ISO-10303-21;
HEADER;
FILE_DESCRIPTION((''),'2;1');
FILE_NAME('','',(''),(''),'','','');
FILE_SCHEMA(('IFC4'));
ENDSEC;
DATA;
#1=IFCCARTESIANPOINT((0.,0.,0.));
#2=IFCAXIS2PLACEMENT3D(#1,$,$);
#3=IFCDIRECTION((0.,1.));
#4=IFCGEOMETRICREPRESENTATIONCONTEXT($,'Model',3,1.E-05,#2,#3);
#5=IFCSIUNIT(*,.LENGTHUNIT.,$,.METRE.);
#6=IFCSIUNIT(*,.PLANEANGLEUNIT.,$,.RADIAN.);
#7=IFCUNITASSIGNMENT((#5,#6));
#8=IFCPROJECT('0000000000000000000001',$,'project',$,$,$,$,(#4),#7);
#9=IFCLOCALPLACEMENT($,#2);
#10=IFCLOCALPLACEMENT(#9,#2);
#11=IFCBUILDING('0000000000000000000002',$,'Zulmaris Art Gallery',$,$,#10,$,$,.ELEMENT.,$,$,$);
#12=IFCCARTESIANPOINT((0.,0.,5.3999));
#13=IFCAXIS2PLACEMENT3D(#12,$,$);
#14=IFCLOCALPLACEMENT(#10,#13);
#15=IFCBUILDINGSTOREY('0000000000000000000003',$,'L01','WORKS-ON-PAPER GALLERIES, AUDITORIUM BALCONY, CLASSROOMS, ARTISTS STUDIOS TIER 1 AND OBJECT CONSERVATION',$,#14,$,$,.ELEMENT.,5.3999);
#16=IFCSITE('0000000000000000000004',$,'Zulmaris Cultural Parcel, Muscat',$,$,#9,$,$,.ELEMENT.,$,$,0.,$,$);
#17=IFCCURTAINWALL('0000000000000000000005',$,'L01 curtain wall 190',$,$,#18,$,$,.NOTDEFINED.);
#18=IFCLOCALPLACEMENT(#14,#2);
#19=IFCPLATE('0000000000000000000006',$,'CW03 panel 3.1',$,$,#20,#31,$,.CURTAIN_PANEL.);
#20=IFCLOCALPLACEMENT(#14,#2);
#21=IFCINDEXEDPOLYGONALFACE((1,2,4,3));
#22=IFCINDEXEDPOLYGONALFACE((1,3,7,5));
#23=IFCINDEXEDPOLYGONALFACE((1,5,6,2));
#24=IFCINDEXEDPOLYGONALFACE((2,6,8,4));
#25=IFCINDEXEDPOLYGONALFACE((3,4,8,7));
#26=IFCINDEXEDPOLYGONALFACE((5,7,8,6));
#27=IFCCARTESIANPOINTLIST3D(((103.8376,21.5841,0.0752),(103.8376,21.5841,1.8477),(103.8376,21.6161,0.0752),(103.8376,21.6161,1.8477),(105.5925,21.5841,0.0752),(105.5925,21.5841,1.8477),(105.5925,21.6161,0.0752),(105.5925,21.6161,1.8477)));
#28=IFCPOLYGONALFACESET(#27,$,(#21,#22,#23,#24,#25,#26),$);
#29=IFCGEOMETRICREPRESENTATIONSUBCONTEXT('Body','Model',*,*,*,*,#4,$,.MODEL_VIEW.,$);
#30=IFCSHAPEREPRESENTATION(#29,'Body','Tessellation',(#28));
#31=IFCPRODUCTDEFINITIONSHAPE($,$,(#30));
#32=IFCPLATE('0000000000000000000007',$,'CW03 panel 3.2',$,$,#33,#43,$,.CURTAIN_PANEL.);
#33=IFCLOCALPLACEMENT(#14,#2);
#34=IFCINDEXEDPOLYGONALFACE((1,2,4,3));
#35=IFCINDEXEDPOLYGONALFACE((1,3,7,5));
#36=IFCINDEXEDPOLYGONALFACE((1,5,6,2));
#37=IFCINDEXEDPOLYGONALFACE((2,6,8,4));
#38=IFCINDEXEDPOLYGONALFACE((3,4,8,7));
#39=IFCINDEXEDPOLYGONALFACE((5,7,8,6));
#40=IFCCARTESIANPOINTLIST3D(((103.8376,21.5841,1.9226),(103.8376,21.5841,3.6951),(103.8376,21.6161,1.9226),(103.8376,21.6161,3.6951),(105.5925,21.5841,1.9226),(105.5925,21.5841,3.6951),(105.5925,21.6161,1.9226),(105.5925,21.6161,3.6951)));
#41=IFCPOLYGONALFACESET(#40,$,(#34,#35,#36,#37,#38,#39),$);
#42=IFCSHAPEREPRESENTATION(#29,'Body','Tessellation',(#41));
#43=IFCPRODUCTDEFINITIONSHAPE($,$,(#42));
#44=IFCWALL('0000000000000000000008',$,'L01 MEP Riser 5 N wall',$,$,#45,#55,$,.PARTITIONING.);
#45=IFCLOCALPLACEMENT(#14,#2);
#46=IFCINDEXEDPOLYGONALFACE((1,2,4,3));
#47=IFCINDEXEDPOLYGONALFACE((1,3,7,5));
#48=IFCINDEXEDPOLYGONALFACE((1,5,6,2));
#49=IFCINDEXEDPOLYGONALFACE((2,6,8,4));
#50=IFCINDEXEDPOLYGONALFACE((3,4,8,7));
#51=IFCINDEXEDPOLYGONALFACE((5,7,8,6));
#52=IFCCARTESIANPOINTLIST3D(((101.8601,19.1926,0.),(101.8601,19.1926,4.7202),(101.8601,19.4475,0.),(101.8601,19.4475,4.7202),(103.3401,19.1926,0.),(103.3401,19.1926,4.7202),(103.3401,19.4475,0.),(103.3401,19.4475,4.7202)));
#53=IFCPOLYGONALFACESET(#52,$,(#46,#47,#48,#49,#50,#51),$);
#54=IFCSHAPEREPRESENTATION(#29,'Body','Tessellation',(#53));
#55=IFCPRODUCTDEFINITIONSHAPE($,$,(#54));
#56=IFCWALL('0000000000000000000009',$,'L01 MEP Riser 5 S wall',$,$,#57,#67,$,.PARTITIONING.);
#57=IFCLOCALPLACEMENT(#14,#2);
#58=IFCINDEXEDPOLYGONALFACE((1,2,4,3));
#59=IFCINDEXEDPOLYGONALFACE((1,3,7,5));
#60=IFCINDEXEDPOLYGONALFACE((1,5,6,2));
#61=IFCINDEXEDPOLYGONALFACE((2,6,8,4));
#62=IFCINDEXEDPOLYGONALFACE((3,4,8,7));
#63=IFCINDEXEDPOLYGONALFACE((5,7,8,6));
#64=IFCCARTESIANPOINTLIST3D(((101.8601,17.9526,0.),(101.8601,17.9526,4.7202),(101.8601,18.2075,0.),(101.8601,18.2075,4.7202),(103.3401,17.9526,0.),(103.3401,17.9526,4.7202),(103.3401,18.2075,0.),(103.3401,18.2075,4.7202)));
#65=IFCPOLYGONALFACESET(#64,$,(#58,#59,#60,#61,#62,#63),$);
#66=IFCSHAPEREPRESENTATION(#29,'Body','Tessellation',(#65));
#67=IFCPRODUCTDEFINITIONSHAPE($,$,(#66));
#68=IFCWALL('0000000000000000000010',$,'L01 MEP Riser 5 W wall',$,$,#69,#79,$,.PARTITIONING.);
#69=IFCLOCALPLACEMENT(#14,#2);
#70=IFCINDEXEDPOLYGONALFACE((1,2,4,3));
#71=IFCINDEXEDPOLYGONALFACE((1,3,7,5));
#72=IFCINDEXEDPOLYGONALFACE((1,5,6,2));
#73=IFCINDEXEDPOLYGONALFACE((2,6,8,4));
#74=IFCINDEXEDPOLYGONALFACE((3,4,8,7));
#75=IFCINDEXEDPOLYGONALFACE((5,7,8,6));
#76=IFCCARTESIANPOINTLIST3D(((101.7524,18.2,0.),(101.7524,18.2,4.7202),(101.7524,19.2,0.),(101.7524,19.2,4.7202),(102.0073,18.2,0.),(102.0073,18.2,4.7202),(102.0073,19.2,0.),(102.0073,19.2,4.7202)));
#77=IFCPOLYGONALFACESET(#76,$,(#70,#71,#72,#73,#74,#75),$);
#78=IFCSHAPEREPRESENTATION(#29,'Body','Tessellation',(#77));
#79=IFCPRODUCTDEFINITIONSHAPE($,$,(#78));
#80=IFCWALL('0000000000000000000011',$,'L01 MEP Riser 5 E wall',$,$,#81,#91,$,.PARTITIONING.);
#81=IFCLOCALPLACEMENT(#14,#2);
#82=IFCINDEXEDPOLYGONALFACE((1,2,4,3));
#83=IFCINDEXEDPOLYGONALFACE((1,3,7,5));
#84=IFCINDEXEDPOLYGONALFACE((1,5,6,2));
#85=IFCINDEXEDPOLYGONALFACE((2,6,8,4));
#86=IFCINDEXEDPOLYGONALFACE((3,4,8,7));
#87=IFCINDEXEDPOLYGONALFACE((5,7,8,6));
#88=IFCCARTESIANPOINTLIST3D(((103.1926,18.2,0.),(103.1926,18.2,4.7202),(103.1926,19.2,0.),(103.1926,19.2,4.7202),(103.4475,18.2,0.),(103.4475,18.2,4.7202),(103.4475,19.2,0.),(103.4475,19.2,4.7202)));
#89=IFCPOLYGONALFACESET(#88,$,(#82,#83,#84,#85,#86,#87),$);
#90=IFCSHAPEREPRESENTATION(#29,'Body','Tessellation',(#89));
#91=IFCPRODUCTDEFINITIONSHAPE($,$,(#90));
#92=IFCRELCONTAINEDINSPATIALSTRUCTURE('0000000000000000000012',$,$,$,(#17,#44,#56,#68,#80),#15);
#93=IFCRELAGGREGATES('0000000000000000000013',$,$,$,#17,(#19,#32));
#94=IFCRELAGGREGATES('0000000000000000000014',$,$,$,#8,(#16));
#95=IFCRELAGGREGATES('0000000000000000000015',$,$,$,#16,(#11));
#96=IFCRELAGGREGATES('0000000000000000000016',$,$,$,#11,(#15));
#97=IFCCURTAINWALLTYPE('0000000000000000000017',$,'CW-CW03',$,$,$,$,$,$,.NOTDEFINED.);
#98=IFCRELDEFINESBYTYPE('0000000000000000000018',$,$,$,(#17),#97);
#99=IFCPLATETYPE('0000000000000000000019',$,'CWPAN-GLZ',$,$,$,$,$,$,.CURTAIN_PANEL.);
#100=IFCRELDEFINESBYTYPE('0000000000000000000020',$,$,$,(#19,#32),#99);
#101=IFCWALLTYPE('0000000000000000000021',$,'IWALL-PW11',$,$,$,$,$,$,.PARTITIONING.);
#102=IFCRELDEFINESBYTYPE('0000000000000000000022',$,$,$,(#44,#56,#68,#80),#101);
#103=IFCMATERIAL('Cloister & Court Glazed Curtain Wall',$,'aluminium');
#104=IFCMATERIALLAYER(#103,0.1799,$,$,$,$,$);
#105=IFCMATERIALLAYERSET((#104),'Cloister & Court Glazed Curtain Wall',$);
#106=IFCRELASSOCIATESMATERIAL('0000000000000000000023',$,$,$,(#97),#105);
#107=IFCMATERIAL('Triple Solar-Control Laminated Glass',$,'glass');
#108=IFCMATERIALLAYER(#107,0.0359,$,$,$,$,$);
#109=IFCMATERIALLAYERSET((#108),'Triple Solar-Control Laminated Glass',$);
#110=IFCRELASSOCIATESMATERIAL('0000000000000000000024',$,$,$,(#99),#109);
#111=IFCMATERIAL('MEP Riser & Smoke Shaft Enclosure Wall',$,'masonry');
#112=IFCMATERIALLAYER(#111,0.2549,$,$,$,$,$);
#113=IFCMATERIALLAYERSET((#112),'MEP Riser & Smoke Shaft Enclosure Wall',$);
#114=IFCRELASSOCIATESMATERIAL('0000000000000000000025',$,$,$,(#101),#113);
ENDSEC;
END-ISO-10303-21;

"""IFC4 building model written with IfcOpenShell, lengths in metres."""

from ifc_helpers import new_model, si_unit, direction, frame, frame_2d, origin, origin_2d, place, context, subcontext, project, spatial, rectangle, extrude, material, layer, layer_set, type_object, element, aggregate, save


model = new_model("IFC4")

# Units and contexts
model_context = context("Model", 3, precision=1e-05, world=origin(), true_north=direction((0.0, 1.0)))
body_context = subcontext(model_context, "Body", "Model", "MODEL_VIEW")
ifc_project = project(units=[si_unit("LENGTHUNIT", "METRE"), si_unit("PLANEANGLEUNIT", "RADIAN")], contexts=[model_context])

# Site, building, storey
site_placement = place(None, origin())
site = spatial("IfcSite", under=ifc_project, at=site_placement, Name="Zulmaris Cultural Parcel, Muscat", CompositionType="ELEMENT", RefElevation=0.0)
building_placement = place(site_placement, origin())
building = spatial("IfcBuilding", under=site, at=building_placement, Name="Zulmaris Art Gallery", CompositionType="ELEMENT")
storey_placement = place(building_placement, frame((0.0, 0.0, 5.3999)))
storey = spatial("IfcBuildingStorey", under=building, at=storey_placement, Name="L01", Description="WORKS-ON-PAPER GALLERIES, AUDITORIUM BALCONY, CLASSROOMS, ARTISTS STUDIOS TIER 1 AND OBJECT CONSERVATION", CompositionType="ELEMENT", Elevation=5.3999)

# Curtain wall, plates
ifc_material_1 = material(Name="Cloister & Court Glazed Curtain Wall", Category="aluminium")
ifc_layer_1 = layer(ifc_material_1, 0.1799)
ifc_layer_set_1 = layer_set([ifc_layer_1], Name="Cloister & Court Glazed Curtain Wall")
curtain_wall_type = type_object("IfcCurtainWallType", Name="CW-CW03", PredefinedType="NOTDEFINED", material=ifc_layer_set_1)
curtain_wall_placement = place(storey_placement, origin())
curtain_wall = element("IfcCurtainWall", 1, at=curtain_wall_placement, inside=storey, type_object=curtain_wall_type, Name="L01 curtain wall 190", PredefinedType="NOTDEFINED")
ifc_material_2 = material(Name="Triple Solar-Control Laminated Glass", Category="glass")
ifc_layer_2 = layer(ifc_material_2, 0.0359)
ifc_layer_set_2 = layer_set([ifc_layer_2], Name="Triple Solar-Control Laminated Glass")
plate_type = type_object("IfcPlateType", Name="CWPAN-GLZ", PredefinedType="CURTAIN_PANEL", material=ifc_layer_set_2)
plate_1_placement = place(storey_placement, frame((104.7151, 21.6001, 0.0752), z_axis=(0.0, 0.0, 1.0), x_axis=(1.0, 0.0, 0.0)))
plate_1 = element("IfcPlate", 2, at=plate_1_placement, type_object=plate_type, Name="CW03 panel 3.1", PredefinedType="CURTAIN_PANEL", context=body_context, shape_type="SweptSolid", body=[
    extrude(rectangle(XDim=1.7549, YDim=0.032, at=origin_2d()), origin(), (0.0, 0.0, 1.0), 1.7725),
])
plate_2_placement = place(storey_placement, frame((104.7151, 21.6001, 1.9226), z_axis=(0.0, 0.0, 1.0), x_axis=(1.0, 0.0, 0.0)))
plate_2 = element("IfcPlate", 3, at=plate_2_placement, type_object=plate_type, Name="CW03 panel 3.2", PredefinedType="CURTAIN_PANEL", context=body_context, shape_type="SweptSolid", body=[
    extrude(rectangle(XDim=1.7549, YDim=0.032, at=origin_2d()), origin(), (0.0, 0.0, 1.0), 1.7725),
])
aggregate(curtain_wall, [plate_1, plate_2])

# Walls
ifc_material_3 = material(Name="MEP Riser & Smoke Shaft Enclosure Wall", Category="masonry")
ifc_layer_3 = layer(ifc_material_3, 0.2549)
ifc_layer_set_3 = layer_set([ifc_layer_3], Name="MEP Riser & Smoke Shaft Enclosure Wall")
wall_type = type_object("IfcWallType", Name="IWALL-PW11", PredefinedType="PARTITIONING", material=ifc_layer_set_3)
for number, where, z_axis, x_axis, name in (
    (4, (101.8601, 19.3201, 0.0), (0.0, 0.0, 1.0), (1.0, 0.0, 0.0), "L01 MEP Riser 5 N wall"),
    (5, (101.8601, 18.0801, 0.0), (0.0, 0.0, 1.0), (1.0, 0.0, 0.0), "L01 MEP Riser 5 S wall"),
):
    element("IfcWall", number, at=place(storey_placement, frame(where, z_axis=z_axis, x_axis=x_axis)), inside=storey, type_object=wall_type, Name=name, PredefinedType="PARTITIONING", context=body_context, shape_type="SweptSolid", body=[
        extrude(rectangle(XDim=1.48, YDim=0.2549, at=frame_2d((0.74, 0.0))), origin(), (0.0, 0.0, 1.0), 4.7202),
    ])
for number, where, z_axis, x_axis, name in (
    (6, (101.8799, 18.2, 0.0), (0.0, 0.0, 1.0), (0.0, 1.0, 0.0), "L01 MEP Riser 5 W wall"),
    (7, (103.3201, 18.2, 0.0), (0.0, 0.0, 1.0), (0.0, 1.0, 0.0), "L01 MEP Riser 5 E wall"),
):
    element("IfcWall", number, at=place(storey_placement, frame(where, z_axis=z_axis, x_axis=x_axis)), inside=storey, type_object=wall_type, Name=name, PredefinedType="PARTITIONING", context=body_context, shape_type="SweptSolid", body=[
        extrude(rectangle(XDim=1.0, YDim=0.2549, at=frame_2d((0.5, 0.0))), origin(), (0.0, 0.0, 1.0), 4.7202),
    ])

save(model, "model.ifc")
